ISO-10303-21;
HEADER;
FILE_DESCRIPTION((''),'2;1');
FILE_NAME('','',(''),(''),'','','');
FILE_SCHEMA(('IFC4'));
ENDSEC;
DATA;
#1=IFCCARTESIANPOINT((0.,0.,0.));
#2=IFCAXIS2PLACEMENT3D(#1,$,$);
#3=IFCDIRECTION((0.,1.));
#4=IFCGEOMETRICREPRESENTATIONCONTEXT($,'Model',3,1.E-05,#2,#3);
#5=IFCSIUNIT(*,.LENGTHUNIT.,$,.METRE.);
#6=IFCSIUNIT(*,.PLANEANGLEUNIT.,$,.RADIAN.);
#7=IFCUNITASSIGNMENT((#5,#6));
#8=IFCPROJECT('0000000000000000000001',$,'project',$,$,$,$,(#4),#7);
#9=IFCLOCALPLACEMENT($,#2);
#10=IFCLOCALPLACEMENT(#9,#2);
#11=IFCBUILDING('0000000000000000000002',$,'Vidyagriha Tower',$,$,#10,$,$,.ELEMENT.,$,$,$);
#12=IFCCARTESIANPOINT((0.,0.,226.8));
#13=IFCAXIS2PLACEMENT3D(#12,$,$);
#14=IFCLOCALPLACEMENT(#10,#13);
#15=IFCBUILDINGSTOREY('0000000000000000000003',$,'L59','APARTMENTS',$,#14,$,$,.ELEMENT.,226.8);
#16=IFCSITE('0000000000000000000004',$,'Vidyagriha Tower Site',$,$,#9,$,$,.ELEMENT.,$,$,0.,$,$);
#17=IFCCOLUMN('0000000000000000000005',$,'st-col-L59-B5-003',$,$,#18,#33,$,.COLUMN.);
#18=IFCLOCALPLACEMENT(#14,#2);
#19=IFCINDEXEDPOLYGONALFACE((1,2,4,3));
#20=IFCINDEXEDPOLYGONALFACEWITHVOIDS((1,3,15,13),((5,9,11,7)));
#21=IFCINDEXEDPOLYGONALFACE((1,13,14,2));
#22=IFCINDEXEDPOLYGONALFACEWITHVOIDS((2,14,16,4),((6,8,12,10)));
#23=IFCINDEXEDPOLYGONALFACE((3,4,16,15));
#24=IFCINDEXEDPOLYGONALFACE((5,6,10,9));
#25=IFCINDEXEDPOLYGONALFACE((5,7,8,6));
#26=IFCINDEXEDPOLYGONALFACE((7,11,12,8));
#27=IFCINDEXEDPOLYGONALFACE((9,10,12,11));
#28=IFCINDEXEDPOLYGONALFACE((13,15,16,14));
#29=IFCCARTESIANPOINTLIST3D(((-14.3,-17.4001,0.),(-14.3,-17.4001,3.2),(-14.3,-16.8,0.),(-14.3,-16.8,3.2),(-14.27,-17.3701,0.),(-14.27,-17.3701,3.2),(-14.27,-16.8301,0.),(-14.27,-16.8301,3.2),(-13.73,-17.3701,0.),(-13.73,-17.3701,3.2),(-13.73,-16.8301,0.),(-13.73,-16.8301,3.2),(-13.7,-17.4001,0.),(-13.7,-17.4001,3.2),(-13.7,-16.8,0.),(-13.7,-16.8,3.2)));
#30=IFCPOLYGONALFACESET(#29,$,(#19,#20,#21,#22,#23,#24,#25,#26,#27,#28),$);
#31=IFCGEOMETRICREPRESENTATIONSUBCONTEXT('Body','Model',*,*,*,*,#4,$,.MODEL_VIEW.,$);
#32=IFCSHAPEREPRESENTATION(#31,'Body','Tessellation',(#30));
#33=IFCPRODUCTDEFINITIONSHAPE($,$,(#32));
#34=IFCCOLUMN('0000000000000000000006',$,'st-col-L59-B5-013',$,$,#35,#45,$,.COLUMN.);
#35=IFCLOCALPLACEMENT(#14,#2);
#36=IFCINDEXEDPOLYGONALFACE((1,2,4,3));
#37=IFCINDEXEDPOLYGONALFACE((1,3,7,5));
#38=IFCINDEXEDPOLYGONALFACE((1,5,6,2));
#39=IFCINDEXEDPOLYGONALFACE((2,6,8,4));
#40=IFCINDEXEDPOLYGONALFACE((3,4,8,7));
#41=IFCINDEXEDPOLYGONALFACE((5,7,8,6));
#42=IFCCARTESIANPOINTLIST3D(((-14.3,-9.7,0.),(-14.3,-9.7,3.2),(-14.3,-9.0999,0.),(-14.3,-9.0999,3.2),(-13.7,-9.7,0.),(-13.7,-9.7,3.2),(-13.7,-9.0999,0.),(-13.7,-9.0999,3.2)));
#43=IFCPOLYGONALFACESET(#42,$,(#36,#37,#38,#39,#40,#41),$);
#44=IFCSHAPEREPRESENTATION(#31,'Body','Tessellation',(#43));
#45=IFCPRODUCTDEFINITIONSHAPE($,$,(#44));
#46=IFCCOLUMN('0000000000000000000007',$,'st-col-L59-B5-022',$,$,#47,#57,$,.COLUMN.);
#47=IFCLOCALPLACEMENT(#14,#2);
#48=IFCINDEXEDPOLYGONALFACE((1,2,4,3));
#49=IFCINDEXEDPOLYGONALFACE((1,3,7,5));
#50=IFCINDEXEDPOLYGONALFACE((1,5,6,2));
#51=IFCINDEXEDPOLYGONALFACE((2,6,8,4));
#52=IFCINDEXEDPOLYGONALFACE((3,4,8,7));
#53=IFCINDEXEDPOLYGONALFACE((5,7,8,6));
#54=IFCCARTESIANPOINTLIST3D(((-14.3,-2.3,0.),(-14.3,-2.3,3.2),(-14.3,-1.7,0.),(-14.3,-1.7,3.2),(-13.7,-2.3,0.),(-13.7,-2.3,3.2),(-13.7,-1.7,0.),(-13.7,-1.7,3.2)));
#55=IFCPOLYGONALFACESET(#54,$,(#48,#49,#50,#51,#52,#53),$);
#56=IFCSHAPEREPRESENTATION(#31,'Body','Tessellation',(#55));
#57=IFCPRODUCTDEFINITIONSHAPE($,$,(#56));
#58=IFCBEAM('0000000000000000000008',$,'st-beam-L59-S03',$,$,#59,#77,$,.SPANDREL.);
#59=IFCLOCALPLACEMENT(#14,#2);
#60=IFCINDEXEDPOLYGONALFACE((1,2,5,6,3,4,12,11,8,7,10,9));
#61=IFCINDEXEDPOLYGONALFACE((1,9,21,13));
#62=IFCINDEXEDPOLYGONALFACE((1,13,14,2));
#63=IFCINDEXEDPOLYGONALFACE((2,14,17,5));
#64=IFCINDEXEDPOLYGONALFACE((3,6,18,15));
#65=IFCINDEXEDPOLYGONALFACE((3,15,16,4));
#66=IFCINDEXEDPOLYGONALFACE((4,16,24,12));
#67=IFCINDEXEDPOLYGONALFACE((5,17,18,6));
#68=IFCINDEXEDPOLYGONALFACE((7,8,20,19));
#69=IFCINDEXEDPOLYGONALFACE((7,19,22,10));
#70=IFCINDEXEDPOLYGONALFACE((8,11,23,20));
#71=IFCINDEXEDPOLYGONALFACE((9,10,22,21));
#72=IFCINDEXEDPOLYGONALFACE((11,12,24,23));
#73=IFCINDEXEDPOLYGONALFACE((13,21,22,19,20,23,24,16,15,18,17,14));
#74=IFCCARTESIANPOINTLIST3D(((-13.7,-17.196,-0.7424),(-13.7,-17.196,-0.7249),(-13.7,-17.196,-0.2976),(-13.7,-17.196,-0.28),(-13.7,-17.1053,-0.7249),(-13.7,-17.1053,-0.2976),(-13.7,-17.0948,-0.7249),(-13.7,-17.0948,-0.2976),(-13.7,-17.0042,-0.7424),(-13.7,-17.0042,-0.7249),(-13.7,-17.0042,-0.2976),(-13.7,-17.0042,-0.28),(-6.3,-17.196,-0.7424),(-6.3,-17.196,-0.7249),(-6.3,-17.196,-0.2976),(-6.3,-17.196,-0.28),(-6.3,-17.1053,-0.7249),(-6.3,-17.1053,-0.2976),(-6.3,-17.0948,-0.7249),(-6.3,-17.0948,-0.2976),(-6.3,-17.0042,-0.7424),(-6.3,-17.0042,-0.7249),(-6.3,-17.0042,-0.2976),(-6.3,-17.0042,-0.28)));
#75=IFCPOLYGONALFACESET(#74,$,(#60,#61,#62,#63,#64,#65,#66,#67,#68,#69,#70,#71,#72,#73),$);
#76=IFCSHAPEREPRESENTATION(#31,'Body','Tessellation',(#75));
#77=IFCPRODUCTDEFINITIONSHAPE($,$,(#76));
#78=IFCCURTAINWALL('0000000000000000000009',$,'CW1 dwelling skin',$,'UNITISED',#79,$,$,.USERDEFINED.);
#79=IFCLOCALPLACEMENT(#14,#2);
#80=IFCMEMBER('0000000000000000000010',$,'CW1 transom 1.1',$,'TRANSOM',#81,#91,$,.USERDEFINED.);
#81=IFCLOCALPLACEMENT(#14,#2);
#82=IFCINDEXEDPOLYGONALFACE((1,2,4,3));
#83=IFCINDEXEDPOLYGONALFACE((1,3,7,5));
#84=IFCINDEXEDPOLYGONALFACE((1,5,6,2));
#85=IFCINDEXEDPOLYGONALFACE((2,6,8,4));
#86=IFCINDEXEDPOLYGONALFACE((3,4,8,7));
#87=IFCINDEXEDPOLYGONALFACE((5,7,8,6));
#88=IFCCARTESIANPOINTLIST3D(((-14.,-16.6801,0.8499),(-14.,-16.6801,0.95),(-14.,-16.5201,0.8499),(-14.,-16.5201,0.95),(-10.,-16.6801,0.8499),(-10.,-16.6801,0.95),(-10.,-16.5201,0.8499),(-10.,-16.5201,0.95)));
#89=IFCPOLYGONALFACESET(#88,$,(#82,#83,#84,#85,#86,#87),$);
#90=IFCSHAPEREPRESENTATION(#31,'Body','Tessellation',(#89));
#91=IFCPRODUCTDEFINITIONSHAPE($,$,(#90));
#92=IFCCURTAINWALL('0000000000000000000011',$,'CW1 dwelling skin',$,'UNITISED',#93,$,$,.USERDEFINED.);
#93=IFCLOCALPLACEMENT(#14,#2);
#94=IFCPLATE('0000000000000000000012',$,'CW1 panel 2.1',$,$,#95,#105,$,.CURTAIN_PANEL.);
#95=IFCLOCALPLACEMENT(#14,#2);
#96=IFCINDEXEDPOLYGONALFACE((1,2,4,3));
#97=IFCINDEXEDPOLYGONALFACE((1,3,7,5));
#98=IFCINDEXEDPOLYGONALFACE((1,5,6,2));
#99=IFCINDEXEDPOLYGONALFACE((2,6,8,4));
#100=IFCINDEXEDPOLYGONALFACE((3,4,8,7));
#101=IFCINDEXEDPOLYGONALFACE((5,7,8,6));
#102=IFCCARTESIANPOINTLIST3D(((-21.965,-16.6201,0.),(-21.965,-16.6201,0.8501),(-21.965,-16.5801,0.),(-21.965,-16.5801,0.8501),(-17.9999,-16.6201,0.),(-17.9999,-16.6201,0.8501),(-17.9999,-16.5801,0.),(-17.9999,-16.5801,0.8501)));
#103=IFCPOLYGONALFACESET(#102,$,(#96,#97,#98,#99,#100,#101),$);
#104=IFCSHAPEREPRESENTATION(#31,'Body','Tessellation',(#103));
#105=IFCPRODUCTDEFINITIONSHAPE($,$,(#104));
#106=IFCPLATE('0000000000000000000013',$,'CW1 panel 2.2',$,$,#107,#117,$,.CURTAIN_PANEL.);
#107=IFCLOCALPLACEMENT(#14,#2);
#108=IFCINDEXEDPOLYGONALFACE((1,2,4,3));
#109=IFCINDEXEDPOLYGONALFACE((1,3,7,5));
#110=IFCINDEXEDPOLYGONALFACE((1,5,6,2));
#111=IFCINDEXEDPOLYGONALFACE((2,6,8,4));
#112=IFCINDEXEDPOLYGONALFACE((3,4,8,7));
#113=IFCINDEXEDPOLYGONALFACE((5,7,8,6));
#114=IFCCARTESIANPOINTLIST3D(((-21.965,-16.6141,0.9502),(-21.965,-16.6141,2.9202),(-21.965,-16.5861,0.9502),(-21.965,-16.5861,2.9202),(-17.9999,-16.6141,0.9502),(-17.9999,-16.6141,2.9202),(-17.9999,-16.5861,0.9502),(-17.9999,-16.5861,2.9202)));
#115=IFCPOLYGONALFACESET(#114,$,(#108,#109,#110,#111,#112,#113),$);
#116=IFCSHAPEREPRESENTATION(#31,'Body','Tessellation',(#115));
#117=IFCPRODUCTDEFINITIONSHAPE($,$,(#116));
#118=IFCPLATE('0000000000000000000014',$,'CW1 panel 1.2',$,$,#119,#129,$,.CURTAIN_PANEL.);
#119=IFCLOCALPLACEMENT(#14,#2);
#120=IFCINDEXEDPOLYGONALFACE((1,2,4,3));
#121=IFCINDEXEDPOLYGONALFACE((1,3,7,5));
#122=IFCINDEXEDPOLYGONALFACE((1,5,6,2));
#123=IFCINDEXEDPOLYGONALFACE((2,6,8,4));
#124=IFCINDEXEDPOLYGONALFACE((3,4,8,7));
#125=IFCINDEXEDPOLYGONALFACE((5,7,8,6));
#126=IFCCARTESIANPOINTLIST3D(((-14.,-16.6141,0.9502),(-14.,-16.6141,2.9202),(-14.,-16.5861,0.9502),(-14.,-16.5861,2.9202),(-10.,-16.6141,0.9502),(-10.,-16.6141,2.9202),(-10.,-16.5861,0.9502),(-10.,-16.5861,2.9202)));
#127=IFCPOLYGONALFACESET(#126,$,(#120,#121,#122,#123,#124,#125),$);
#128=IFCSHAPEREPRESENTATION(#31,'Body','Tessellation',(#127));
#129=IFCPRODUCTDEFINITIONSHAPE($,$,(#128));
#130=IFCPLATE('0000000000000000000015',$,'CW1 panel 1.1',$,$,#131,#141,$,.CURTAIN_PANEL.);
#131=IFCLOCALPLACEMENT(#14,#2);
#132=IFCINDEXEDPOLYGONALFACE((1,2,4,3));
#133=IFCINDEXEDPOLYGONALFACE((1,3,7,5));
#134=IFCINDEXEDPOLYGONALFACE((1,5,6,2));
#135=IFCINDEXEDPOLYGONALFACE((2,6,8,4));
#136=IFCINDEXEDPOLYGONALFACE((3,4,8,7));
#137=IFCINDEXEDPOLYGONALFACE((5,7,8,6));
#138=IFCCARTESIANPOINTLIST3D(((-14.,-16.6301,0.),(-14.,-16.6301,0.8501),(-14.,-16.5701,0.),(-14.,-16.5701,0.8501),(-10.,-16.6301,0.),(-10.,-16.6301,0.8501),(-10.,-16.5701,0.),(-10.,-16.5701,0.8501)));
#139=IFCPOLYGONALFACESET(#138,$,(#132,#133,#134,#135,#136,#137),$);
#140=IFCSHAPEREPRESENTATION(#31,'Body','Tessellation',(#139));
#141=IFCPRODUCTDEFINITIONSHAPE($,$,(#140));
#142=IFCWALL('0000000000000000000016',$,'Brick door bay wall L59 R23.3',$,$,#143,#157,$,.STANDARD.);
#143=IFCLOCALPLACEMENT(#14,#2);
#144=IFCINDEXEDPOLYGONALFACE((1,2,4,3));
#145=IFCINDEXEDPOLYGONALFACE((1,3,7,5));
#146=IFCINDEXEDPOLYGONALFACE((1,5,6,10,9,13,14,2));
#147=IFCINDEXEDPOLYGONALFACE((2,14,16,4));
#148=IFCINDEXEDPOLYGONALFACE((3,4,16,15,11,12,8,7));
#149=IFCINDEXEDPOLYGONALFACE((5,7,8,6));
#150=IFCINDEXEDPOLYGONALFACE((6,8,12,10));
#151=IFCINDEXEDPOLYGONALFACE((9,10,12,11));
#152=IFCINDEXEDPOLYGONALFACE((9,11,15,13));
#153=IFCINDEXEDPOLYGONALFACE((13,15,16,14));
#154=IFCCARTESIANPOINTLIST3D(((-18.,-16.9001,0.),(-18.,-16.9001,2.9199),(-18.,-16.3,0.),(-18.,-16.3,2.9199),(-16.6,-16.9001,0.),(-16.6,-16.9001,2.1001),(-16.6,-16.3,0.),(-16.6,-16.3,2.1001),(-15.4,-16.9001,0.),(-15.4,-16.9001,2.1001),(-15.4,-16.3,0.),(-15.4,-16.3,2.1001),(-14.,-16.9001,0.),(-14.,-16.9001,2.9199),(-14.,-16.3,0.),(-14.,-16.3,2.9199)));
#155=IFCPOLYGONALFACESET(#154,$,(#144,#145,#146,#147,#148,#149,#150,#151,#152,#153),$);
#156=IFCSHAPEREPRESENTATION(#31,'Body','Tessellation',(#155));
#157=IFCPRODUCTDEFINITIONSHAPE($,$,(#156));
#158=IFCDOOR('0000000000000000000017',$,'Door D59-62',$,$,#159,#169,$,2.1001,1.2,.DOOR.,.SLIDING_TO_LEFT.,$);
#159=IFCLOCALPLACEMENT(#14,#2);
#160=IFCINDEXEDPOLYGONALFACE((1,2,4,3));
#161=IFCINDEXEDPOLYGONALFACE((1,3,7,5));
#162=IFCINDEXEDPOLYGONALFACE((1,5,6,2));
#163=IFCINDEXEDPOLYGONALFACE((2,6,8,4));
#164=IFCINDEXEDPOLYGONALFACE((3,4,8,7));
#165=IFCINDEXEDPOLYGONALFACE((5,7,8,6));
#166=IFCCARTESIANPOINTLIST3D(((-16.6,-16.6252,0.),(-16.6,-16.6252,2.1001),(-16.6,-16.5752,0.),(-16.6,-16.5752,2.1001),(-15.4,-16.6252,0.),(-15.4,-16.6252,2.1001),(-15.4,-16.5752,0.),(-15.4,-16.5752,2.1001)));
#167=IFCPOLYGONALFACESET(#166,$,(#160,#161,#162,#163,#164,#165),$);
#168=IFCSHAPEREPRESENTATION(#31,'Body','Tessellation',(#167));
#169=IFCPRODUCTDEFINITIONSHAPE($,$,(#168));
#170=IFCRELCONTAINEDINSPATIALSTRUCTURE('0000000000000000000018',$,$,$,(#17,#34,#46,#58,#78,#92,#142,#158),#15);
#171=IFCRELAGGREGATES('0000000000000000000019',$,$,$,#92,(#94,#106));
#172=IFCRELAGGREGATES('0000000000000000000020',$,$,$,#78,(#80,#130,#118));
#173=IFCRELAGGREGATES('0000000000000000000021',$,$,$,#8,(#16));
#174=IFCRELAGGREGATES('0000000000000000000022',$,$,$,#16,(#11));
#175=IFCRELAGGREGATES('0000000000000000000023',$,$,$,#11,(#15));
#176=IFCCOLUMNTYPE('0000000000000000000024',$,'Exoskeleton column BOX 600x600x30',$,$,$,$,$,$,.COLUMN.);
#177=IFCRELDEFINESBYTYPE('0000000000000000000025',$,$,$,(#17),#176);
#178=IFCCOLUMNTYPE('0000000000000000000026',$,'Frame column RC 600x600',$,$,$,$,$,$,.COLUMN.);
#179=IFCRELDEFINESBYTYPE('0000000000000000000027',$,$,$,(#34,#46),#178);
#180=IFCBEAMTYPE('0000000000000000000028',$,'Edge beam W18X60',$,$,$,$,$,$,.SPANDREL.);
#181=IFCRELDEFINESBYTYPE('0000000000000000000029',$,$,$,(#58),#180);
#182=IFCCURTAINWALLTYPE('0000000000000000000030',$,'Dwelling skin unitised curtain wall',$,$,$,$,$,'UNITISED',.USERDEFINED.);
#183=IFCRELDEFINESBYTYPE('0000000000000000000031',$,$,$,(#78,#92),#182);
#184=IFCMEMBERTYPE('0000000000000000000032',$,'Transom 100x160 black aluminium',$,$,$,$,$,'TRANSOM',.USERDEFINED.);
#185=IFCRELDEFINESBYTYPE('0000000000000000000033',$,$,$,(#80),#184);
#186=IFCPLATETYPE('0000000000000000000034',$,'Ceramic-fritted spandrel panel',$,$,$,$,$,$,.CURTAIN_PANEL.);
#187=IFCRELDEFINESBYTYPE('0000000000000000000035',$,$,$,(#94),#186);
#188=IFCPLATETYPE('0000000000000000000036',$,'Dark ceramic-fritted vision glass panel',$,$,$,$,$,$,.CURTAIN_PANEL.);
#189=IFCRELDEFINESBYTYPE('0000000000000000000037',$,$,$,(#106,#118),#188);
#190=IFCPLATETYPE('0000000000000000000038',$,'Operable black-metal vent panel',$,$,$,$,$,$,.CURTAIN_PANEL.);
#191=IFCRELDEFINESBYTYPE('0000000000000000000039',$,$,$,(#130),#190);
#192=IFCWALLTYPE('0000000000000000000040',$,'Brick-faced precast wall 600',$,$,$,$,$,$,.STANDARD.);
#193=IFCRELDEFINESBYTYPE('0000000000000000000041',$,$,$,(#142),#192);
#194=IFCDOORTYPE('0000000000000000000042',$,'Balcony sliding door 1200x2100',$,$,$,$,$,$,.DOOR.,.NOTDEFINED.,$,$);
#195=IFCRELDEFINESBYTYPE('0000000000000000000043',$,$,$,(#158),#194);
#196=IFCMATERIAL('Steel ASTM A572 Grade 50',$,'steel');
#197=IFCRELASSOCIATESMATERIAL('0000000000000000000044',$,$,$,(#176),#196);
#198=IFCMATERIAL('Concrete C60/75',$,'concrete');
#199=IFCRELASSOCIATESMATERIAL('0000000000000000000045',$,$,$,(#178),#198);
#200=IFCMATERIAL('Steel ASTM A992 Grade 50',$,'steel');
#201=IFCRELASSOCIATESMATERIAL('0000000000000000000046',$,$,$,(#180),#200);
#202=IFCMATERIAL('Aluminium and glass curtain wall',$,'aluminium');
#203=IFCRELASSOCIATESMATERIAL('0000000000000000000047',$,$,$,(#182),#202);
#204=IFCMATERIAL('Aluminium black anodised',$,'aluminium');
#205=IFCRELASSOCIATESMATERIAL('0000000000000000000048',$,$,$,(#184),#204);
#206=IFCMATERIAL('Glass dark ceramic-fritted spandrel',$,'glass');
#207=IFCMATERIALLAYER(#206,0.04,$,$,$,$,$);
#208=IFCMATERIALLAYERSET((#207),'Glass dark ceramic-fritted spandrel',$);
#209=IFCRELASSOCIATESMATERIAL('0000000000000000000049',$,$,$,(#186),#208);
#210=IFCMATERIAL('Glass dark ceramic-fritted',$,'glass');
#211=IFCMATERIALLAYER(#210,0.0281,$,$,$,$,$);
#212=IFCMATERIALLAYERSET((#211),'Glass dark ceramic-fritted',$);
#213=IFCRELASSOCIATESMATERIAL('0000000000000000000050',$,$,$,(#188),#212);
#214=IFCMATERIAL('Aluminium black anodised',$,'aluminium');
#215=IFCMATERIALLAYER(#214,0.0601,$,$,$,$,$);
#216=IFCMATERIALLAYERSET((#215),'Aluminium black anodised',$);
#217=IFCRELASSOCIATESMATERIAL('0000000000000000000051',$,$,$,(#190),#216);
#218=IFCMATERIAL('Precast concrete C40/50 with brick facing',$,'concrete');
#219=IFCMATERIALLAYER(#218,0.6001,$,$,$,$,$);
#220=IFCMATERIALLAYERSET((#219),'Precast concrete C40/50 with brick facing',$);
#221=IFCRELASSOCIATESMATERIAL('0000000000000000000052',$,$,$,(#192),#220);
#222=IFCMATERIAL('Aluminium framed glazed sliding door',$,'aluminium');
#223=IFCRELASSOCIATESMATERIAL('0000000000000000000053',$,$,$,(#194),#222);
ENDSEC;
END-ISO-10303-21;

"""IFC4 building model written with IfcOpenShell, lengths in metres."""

from ifc_helpers import new_model, si_unit, direction, frame, frame_2d, origin, origin_2d, place, context, subcontext, project, spatial, rectangle, hollow_rectangle, i_section, extrude, material, layer, layer_set, material_profile, profile_set, type_object, element, fill, aggregate, save


model = new_model("IFC4")

# Units and contexts
model_context = context("Model", 3, precision=1e-05, world=origin(), true_north=direction((0.0, 1.0)))
body_context = subcontext(model_context, "Body", "Model", "MODEL_VIEW")
ifc_project = project(units=[si_unit("LENGTHUNIT", "METRE"), si_unit("PLANEANGLEUNIT", "RADIAN")], contexts=[model_context])

# Site, building, storey
site_placement = place(None, origin())
site = spatial("IfcSite", under=ifc_project, at=site_placement, Name="Vidyagriha Tower Site", CompositionType="ELEMENT", RefElevation=0.0)
building_placement = place(site_placement, origin())
building = spatial("IfcBuilding", under=site, at=building_placement, Name="Vidyagriha Tower", CompositionType="ELEMENT")
storey_placement = place(building_placement, frame((0.0, 0.0, 226.8)))
storey = spatial("IfcBuildingStorey", under=building, at=storey_placement, Name="L59", Description="APARTMENTS", CompositionType="ELEMENT", Elevation=226.8)

# Columns
ifc_material_1 = material(Name="Steel ASTM A572 Grade 50", Category="steel")
ifc_material_profile_1 = material_profile(ifc_material_1, hollow_rectangle(XDim=0.6001, YDim=0.6001, WallThickness=0.03, at=origin_2d()), Name="BOX 600x600x30")
ifc_profile_set_1 = profile_set([ifc_material_profile_1], Name="Steel ASTM A572 Grade 50")
column_type_1 = type_object("IfcColumnType", Name="Exoskeleton column BOX 600x600x30", PredefinedType="COLUMN", material=ifc_profile_set_1)
column_placement = place(storey_placement, frame((-14.0, -17.1001, 0.0)))
element("IfcColumn", 1, at=column_placement, inside=storey, type_object=column_type_1, Name="st-col-L59-B5-003", PredefinedType="COLUMN", context=body_context, shape_type="SweptSolid", body=[
    extrude(hollow_rectangle(XDim=0.6001, YDim=0.6001, WallThickness=0.03, at=origin_2d()), origin(), (0.0, 0.0, 1.0), 3.2),
])
ifc_material_2 = material(Name="Concrete C60/75", Category="concrete")
ifc_material_profile_2 = material_profile(ifc_material_2, rectangle(XDim=0.6001, YDim=0.6001, at=origin_2d()), Name="RC 600x600")
ifc_profile_set_2 = profile_set([ifc_material_profile_2], Name="Concrete C60/75")
column_type_2 = type_object("IfcColumnType", Name="Frame column RC 600x600", PredefinedType="COLUMN", material=ifc_profile_set_2)
for number, where, name in (
    (2, (-14.0, -9.3999, 0.0), "st-col-L59-B5-013"),
    (3, (-14.0, -2.0, 0.0), "st-col-L59-B5-022"),
):
    element("IfcColumn", number, at=place(storey_placement, frame(where)), inside=storey, type_object=column_type_2, Name=name, PredefinedType="COLUMN", context=body_context, shape_type="SweptSolid", body=[
        extrude(rectangle(XDim=0.6001, YDim=0.6001, at=origin_2d()), origin(), (0.0, 0.0, 1.0), 3.2),
    ])

# Beam
ifc_material_3 = material(Name="Steel ASTM A992 Grade 50", Category="steel")
ifc_material_profile_3 = material_profile(ifc_material_3, i_section(OverallWidth=0.1919, OverallDepth=0.4624, WebThickness=0.0105, FlangeThickness=0.0176, at=origin_2d()), Name="W18X60")
ifc_profile_set_3 = profile_set([ifc_material_profile_3], Name="Steel ASTM A992 Grade 50")
beam_type = type_object("IfcBeamType", Name="Edge beam W18X60", PredefinedType="SPANDREL", material=ifc_profile_set_3)
beam_placement = place(storey_placement, frame((-13.7, -17.1001, -0.5112), z_axis=(1.0, 0.0, 0.0), x_axis=(0.0, 1.0, 0.0)))
element("IfcBeam", 4, at=beam_placement, inside=storey, type_object=beam_type, Name="st-beam-L59-S03", PredefinedType="SPANDREL", context=body_context, shape_type="SweptSolid", body=[
    extrude(i_section(OverallWidth=0.1919, OverallDepth=0.4624, WebThickness=0.0105, FlangeThickness=0.0176, at=origin_2d()), origin(), (0.0, 0.0, 1.0), 7.3999),
])

# Curtain wall, member
ifc_material_4 = material(Name="Aluminium and glass curtain wall", Category="aluminium")
curtain_wall_type = type_object("IfcCurtainWallType", Name="Dwelling skin unitised curtain wall", ElementType="UNITISED", PredefinedType="USERDEFINED", material=ifc_material_4)
curtain_wall_1_placement = place(storey_placement, origin())
curtain_wall_1 = element("IfcCurtainWall", 5, at=curtain_wall_1_placement, inside=storey, type_object=curtain_wall_type, Name="CW1 dwelling skin", ObjectType="UNITISED", PredefinedType="USERDEFINED")
ifc_material_5 = material(Name="Aluminium black anodised", Category="aluminium")
ifc_material_profile_4 = material_profile(ifc_material_5, rectangle(XDim=0.1599, YDim=0.1001, at=origin_2d()), Name="Transom 100x160 black aluminium")
ifc_profile_set_4 = profile_set([ifc_material_profile_4], Name="Aluminium black anodised")
member_type = type_object("IfcMemberType", Name="Transom 100x160 black aluminium", ElementType="TRANSOM", PredefinedType="USERDEFINED", material=ifc_profile_set_4)
member_placement = place(storey_placement, frame((-14.0, -16.6001, 0.8999), z_axis=(1.0, 0.0, 0.0), x_axis=(0.0, 1.0, 0.0)))
member = element("IfcMember", 6, at=member_placement, type_object=member_type, Name="CW1 transom 1.1", ObjectType="TRANSOM", PredefinedType="USERDEFINED", context=body_context, shape_type="SweptSolid", body=[
    extrude(rectangle(XDim=0.1599, YDim=0.1001, at=origin_2d()), origin(), (0.0, 0.0, 1.0), 4.0),
])

# Curtain wall, plates
curtain_wall_2_placement = place(storey_placement, origin())
curtain_wall_2 = element("IfcCurtainWall", 7, at=curtain_wall_2_placement, inside=storey, type_object=curtain_wall_type, Name="CW1 dwelling skin", ObjectType="UNITISED", PredefinedType="USERDEFINED")
ifc_material_6 = material(Name="Glass dark ceramic-fritted spandrel", Category="glass")
ifc_layer_1 = layer(ifc_material_6, 0.04)
ifc_layer_set_1 = layer_set([ifc_layer_1], Name="Glass dark ceramic-fritted spandrel")
plate_type_1 = type_object("IfcPlateType", Name="Ceramic-fritted spandrel panel", PredefinedType="CURTAIN_PANEL", material=ifc_layer_set_1)
plate_1_placement = place(storey_placement, frame((-19.9824, -16.6001, 0.0)))
plate_1 = element("IfcPlate", 8, at=plate_1_placement, type_object=plate_type_1, Name="CW1 panel 2.1", PredefinedType="CURTAIN_PANEL", context=body_context, shape_type="SweptSolid", body=[
    extrude(rectangle(XDim=3.9651, YDim=0.04, at=origin_2d()), origin(), (0.0, 0.0, 1.0), 0.8501),
])
ifc_material_7 = material(Name="Glass dark ceramic-fritted", Category="glass")
ifc_layer_2 = layer(ifc_material_7, 0.0281)
ifc_layer_set_2 = layer_set([ifc_layer_2], Name="Glass dark ceramic-fritted")
plate_type_2 = type_object("IfcPlateType", Name="Dark ceramic-fritted vision glass panel", PredefinedType="CURTAIN_PANEL", material=ifc_layer_set_2)
plate_2_placement = place(storey_placement, frame((-19.9824, -16.6001, 0.9502)))
plate_2 = element("IfcPlate", 9, at=plate_2_placement, type_object=plate_type_2, Name="CW1 panel 2.2", PredefinedType="CURTAIN_PANEL", context=body_context, shape_type="SweptSolid", body=[
    extrude(rectangle(XDim=3.9651, YDim=0.0281, at=origin_2d()), origin(), (0.0, 0.0, 1.0), 1.97),
])
aggregate(curtain_wall_2, [plate_1, plate_2])

# Plates
plate_3_placement = place(storey_placement, frame((-12.0, -16.6001, 0.9502)))
plate_3 = element("IfcPlate", 10, at=plate_3_placement, type_object=plate_type_2, Name="CW1 panel 1.2", PredefinedType="CURTAIN_PANEL", context=body_context, shape_type="SweptSolid", body=[
    extrude(rectangle(XDim=4.0, YDim=0.0281, at=origin_2d()), origin(), (0.0, 0.0, 1.0), 1.97),
])
ifc_material_8 = material(Name="Aluminium black anodised", Category="aluminium")
ifc_layer_3 = layer(ifc_material_8, 0.0601)
ifc_layer_set_3 = layer_set([ifc_layer_3], Name="Aluminium black anodised")
plate_type_3 = type_object("IfcPlateType", Name="Operable black-metal vent panel", PredefinedType="CURTAIN_PANEL", material=ifc_layer_set_3)
plate_4_placement = place(storey_placement, frame((-12.0, -16.6001, 0.0)))
plate_4 = element("IfcPlate", 11, at=plate_4_placement, type_object=plate_type_3, Name="CW1 panel 1.1", PredefinedType="CURTAIN_PANEL", context=body_context, shape_type="SweptSolid", body=[
    extrude(rectangle(XDim=4.0, YDim=0.0601, at=origin_2d()), origin(), (0.0, 0.0, 1.0), 0.8501),
])
aggregate(curtain_wall_1, [member, plate_4, plate_3])

# Wall, opening, door
ifc_material_9 = material(Name="Precast concrete C40/50 with brick facing", Category="concrete")
ifc_layer_4 = layer(ifc_material_9, 0.6001)
ifc_layer_set_4 = layer_set([ifc_layer_4], Name="Precast concrete C40/50 with brick facing")
wall_type_1 = type_object("IfcWallType", Name="Brick-faced precast wall 600", PredefinedType="STANDARD", material=ifc_layer_set_4)
wall_1_placement = place(storey_placement, frame((-18.0, -16.6001, 0.0)))
wall_1 = element("IfcWall", 12, at=wall_1_placement, inside=storey, type_object=wall_type_1, Name="Brick door bay wall L59 R23.3", PredefinedType="STANDARD", context=body_context, shape_type="SweptSolid", body=[
    extrude(rectangle(XDim=4.0, YDim=0.6001, at=frame_2d((2.0, 0.0))), origin(), (0.0, 0.0, 1.0), 2.9199),
])
opening_1_placement = place(wall_1_placement, frame((1.3999, 0.0, 0.0)))
opening_1 = element("IfcOpeningElement", 13, at=opening_1_placement, cuts=wall_1, PredefinedType="OPENING", context=body_context, shape_type="SweptSolid", body=[
    extrude(rectangle(XDim=1.2, YDim=2.1001, at=frame_2d((0.6001, 1.05))), frame((0.0, 0.3101, 0.0), z_axis=(0.0, -1.0, 0.0), x_axis=(1.0, 0.0, 0.0)), (0.0, 0.0, 1.0), 0.6201),
])
ifc_material_10 = material(Name="Aluminium framed glazed sliding door", Category="aluminium")
door_type = type_object("IfcDoorType", Name="Balcony sliding door 1200x2100", OperationType="NOTDEFINED", PredefinedType="DOOR", material=ifc_material_10)
door_1_placement = place(opening_1_placement, origin())
door_1 = element("IfcDoor", 14, at=door_1_placement, inside=storey, type_object=door_type, Name="Door D59-62", OperationType="SLIDING_TO_LEFT", OverallHeight=2.1001, OverallWidth=1.2, PredefinedType="DOOR", context=body_context, shape_type="SweptSolid", body=[
    extrude(rectangle(XDim=1.2, YDim=2.1001, at=frame_2d((0.6001, 1.05))), frame((0.0, 0.0249, 0.0), z_axis=(0.0, -1.0, 0.0), x_axis=(1.0, 0.0, 0.0)), (0.0, 0.0, 1.0), 0.05),
])
fill(opening_1, door_1)

save(model, "model.ifc")
